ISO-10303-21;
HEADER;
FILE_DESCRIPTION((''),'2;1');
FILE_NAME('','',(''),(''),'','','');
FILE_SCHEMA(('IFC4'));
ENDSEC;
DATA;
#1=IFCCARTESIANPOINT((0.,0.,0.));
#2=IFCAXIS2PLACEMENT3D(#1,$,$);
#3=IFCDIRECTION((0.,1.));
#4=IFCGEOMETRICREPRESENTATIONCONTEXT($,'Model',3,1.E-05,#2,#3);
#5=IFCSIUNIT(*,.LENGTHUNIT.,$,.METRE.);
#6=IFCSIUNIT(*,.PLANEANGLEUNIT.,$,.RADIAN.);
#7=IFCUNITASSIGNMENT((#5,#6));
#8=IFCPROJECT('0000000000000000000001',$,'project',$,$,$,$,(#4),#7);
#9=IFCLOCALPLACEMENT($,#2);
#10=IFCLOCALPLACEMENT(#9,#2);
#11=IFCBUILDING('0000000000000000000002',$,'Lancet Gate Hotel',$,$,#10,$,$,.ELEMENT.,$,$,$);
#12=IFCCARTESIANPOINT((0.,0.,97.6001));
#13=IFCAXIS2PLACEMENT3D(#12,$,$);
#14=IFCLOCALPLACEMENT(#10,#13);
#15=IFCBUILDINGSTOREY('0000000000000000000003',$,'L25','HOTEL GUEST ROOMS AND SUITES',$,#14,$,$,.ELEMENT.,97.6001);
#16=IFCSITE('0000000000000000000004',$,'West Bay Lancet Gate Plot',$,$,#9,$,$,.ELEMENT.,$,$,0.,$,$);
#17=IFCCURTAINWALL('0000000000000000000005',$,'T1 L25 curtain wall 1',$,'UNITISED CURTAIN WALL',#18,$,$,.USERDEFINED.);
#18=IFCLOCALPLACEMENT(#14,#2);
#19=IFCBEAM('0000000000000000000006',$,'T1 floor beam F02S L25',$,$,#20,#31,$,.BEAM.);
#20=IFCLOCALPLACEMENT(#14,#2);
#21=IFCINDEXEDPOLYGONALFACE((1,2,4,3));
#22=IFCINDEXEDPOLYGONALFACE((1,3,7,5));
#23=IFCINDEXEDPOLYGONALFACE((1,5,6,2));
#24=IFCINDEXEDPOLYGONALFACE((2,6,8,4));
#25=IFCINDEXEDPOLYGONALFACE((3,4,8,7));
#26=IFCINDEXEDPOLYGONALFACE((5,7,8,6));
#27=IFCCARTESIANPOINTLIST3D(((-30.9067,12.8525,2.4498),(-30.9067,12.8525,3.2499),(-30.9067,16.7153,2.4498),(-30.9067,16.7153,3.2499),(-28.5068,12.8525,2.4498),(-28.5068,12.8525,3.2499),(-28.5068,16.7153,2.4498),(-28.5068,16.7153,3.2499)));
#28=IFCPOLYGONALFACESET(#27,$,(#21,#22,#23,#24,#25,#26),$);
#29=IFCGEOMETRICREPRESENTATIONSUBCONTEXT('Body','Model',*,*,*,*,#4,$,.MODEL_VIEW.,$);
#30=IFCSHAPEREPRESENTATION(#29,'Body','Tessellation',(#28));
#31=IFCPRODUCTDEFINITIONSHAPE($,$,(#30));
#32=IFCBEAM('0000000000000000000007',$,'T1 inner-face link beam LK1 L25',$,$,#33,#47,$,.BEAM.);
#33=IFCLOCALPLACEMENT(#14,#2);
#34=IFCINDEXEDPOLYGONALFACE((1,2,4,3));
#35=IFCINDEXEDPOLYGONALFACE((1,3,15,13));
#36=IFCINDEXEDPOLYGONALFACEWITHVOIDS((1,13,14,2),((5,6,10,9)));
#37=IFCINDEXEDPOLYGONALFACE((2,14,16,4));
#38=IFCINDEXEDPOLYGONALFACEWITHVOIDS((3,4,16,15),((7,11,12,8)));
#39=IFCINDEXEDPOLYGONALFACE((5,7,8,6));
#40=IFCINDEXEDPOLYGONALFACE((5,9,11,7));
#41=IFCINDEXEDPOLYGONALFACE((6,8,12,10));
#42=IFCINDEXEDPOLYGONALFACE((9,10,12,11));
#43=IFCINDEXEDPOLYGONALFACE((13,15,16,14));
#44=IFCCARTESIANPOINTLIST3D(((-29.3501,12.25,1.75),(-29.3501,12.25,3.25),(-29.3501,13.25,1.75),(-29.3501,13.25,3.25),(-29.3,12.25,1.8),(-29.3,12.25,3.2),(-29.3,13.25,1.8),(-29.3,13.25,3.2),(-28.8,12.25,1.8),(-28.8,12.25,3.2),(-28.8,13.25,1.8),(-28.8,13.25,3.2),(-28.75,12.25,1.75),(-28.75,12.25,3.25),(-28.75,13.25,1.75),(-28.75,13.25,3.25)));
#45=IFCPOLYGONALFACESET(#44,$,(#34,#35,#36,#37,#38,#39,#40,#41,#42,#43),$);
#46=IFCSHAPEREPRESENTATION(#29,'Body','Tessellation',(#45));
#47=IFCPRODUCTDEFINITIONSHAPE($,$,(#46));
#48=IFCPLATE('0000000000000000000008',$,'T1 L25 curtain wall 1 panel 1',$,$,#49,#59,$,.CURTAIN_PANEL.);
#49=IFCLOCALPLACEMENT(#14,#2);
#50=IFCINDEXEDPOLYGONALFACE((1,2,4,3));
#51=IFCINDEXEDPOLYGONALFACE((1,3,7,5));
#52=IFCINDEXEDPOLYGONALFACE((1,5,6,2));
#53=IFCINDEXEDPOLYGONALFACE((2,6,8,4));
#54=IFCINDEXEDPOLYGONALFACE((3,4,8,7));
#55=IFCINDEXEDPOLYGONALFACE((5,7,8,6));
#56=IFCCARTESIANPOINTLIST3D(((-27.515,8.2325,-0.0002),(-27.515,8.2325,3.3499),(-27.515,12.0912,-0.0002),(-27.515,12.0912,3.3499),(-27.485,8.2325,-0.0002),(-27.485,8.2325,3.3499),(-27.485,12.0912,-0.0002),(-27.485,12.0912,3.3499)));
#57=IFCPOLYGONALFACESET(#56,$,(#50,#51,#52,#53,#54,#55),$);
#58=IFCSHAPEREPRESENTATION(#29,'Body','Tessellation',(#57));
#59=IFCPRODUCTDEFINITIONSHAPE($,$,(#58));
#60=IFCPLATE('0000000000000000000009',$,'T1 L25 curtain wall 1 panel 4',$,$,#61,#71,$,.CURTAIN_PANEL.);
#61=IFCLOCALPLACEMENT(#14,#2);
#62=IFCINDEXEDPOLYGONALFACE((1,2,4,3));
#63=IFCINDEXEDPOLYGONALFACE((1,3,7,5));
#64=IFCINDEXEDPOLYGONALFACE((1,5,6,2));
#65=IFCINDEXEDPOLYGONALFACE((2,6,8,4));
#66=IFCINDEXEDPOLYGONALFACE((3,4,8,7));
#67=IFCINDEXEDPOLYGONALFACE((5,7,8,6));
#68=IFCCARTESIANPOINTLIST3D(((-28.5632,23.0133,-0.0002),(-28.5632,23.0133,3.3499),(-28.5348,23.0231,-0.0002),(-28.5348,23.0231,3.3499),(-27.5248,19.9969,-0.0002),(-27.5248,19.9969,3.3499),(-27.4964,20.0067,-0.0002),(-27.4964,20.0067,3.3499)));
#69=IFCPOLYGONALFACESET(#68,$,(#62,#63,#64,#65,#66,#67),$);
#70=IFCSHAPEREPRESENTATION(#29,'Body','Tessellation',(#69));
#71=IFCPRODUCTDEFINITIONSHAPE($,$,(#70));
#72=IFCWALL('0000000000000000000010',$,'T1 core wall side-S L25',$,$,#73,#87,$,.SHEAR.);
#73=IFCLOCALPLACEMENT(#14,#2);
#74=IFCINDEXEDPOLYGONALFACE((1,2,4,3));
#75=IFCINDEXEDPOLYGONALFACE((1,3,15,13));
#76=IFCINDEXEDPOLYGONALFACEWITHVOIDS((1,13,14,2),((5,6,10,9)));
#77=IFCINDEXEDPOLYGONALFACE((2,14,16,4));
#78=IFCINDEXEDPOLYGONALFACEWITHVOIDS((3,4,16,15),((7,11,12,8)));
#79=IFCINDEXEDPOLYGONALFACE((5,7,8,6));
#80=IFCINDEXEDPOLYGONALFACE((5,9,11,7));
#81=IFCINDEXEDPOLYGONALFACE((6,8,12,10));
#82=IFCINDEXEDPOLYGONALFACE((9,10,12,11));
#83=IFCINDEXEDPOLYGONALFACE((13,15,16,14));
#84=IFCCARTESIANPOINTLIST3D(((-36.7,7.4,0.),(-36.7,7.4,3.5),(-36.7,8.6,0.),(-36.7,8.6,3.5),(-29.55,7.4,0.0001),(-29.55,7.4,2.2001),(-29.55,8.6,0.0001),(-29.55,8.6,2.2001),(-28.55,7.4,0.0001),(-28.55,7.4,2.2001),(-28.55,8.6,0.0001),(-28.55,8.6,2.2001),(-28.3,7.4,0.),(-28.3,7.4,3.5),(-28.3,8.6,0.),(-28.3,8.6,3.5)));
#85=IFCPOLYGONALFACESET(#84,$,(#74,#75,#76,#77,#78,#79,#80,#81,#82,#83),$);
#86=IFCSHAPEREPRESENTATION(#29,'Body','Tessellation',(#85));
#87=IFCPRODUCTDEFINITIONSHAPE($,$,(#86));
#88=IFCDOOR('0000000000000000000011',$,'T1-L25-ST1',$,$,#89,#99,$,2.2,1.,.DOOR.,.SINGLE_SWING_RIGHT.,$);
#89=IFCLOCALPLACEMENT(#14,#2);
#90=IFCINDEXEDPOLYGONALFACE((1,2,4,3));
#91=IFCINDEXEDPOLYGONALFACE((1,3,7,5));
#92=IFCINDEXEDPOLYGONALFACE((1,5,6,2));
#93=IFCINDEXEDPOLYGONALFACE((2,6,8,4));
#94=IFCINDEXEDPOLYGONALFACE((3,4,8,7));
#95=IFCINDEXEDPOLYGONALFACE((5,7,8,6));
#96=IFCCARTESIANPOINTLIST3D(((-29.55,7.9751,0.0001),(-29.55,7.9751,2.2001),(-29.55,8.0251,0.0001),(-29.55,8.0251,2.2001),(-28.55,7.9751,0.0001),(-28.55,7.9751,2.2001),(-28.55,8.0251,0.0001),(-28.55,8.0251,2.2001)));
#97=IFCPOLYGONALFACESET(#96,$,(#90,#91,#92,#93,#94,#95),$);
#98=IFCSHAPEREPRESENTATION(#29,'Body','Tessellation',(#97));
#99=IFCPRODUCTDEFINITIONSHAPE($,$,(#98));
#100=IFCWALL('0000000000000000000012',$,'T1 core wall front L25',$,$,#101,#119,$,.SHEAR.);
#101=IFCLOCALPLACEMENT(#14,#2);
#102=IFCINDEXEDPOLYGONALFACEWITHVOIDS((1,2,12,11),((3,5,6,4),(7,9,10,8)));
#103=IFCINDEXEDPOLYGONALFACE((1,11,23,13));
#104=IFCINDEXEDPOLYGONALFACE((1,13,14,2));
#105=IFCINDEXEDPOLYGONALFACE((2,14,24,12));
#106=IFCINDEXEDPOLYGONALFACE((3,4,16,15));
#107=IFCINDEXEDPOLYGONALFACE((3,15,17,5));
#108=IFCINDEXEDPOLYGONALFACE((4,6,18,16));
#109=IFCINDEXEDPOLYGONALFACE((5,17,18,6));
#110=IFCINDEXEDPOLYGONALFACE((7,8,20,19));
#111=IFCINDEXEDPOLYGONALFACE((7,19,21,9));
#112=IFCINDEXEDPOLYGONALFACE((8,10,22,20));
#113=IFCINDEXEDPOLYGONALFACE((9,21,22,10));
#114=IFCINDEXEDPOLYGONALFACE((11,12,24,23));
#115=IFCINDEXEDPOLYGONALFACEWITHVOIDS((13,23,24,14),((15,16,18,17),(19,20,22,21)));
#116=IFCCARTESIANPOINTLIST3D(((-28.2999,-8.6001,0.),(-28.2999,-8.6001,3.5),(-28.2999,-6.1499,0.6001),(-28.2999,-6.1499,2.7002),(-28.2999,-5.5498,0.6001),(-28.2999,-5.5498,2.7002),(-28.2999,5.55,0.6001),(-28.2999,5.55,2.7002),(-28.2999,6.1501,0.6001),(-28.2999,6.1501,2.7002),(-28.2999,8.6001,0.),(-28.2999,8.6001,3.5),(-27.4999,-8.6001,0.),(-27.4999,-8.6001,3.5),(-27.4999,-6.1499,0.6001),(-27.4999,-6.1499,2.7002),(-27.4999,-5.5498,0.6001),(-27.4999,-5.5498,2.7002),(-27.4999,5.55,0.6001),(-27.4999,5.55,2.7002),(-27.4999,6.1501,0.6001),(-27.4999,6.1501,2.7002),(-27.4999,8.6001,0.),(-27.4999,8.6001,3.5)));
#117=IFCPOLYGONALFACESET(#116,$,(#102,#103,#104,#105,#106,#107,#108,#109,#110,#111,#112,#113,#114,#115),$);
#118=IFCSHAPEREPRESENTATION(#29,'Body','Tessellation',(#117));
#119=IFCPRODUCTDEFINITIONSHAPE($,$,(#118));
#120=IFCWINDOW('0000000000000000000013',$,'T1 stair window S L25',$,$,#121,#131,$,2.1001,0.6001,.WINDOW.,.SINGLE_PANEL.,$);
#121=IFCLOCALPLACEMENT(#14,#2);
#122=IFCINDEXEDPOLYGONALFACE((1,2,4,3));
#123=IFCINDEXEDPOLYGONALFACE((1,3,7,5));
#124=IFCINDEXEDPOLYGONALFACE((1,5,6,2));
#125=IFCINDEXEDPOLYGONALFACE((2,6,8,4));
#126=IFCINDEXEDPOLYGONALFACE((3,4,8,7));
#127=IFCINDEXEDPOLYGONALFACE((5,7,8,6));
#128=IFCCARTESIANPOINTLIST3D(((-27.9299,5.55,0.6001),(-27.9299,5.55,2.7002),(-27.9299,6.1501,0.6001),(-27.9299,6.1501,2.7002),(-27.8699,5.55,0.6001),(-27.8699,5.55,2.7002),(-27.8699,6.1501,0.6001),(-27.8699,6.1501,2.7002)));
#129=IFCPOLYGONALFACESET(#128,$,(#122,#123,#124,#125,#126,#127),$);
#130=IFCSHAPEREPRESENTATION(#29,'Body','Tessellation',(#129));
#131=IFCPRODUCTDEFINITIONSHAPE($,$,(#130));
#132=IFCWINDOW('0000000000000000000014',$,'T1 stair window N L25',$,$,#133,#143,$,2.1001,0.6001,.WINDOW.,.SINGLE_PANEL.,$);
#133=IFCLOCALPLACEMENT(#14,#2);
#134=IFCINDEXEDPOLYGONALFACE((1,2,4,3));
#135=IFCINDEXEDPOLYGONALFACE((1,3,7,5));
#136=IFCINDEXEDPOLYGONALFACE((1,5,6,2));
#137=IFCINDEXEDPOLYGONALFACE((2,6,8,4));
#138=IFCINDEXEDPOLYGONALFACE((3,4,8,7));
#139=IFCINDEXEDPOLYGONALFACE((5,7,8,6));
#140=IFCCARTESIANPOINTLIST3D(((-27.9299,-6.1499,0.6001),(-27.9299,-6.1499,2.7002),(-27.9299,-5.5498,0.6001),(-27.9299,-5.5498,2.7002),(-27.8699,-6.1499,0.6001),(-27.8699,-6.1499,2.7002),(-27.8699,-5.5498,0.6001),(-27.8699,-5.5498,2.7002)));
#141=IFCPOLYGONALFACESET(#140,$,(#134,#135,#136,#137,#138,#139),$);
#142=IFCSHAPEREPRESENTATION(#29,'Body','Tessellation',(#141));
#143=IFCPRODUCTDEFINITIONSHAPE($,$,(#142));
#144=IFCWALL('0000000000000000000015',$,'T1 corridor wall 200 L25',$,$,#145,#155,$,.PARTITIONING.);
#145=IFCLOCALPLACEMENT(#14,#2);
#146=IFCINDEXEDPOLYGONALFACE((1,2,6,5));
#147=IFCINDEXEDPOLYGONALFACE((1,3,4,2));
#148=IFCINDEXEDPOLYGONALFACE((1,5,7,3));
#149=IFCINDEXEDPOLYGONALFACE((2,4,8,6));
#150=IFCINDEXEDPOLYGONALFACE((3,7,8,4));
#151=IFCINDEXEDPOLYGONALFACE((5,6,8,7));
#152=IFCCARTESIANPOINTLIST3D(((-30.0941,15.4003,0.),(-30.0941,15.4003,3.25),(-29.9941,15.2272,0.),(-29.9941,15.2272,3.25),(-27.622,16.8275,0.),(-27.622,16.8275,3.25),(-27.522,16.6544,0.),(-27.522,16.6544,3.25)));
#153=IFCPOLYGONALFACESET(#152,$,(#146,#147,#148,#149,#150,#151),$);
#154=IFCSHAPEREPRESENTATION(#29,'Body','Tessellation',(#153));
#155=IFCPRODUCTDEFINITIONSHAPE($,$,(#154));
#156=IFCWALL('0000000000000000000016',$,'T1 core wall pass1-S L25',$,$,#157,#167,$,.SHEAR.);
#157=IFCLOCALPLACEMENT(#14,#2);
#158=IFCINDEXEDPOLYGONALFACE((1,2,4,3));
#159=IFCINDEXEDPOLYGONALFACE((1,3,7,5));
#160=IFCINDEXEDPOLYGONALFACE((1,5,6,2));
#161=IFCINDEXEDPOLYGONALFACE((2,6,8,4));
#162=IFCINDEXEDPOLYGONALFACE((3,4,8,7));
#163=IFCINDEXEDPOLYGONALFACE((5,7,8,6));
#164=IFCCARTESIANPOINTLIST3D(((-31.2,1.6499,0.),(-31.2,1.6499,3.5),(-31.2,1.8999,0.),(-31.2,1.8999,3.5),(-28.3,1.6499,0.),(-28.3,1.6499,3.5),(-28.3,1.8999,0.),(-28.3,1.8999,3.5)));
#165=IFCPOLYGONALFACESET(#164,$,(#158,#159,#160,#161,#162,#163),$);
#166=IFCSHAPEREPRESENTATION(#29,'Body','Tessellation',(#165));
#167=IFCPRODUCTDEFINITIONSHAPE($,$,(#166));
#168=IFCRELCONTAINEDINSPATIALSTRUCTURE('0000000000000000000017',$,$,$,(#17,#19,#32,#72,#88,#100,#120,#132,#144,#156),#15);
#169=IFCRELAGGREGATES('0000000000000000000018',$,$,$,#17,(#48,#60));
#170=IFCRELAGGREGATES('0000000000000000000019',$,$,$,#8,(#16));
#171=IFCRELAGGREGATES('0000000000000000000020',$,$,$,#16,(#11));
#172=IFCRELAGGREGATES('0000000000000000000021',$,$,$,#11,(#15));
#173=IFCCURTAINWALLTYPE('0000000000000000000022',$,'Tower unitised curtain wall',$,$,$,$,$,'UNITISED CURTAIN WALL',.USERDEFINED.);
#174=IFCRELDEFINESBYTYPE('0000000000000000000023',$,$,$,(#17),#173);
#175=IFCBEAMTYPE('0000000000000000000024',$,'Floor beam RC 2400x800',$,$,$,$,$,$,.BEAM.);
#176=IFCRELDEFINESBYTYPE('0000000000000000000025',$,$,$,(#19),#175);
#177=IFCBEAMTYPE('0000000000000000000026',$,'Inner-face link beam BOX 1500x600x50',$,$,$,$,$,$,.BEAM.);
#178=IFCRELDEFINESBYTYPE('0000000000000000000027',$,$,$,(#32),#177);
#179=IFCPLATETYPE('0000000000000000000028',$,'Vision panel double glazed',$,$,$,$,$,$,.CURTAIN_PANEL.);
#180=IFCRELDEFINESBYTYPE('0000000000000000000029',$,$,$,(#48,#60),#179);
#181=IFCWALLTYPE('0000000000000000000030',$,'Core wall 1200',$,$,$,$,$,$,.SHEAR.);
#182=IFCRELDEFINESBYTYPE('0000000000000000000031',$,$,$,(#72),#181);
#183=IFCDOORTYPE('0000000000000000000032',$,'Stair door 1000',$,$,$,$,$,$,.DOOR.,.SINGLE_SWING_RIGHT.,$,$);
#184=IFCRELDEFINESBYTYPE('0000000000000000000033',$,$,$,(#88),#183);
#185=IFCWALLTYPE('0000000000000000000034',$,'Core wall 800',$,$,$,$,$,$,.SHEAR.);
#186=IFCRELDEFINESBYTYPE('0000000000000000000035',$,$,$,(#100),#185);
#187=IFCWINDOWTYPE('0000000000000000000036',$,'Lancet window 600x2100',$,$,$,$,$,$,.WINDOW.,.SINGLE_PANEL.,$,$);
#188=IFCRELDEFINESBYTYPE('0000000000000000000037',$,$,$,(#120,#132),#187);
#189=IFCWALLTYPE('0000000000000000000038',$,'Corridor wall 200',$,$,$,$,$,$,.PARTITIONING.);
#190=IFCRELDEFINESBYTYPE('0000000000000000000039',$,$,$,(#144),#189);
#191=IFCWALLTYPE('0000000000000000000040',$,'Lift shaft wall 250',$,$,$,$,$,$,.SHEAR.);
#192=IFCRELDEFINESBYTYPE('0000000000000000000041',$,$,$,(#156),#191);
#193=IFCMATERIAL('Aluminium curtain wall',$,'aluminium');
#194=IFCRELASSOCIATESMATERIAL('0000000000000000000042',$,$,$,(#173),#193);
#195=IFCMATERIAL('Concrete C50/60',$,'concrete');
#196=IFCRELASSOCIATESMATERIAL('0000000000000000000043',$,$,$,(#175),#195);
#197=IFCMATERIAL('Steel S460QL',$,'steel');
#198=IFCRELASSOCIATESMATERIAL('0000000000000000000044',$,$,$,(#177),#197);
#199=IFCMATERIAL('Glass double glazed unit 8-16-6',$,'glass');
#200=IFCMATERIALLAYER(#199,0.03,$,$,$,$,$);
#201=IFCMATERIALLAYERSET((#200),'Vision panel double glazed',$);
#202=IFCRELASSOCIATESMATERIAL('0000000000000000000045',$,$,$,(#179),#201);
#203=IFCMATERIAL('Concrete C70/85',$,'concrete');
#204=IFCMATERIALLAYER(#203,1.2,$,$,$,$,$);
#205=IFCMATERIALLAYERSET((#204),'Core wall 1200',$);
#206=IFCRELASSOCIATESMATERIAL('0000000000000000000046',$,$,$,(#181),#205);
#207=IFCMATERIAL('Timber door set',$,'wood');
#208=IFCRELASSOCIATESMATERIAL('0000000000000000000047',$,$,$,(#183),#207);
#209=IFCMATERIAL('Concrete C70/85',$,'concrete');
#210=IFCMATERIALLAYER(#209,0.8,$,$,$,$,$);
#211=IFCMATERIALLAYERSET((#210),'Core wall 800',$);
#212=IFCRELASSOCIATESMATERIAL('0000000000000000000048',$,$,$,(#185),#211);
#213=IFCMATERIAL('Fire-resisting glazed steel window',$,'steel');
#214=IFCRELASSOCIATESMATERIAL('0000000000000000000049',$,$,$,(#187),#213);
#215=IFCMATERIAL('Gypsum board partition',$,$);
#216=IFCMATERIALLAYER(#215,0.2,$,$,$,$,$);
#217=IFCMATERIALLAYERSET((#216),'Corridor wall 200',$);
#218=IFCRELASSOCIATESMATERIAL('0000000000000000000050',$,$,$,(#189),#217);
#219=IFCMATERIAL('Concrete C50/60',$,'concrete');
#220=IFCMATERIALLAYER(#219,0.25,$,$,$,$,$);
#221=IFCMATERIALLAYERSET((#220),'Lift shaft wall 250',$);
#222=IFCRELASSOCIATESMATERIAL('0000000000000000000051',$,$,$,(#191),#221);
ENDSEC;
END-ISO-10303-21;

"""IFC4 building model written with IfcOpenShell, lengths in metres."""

from ifc_helpers import new_model, si_unit, direction, frame, frame_2d, origin, origin_2d, place, context, subcontext, project, spatial, rectangle, hollow_rectangle, extrude, material, layer, layer_set, material_profile, profile_set, type_object, element, fill, aggregate, save


model = new_model("IFC4")

# Units and contexts
model_context = context("Model", 3, precision=1e-05, world=origin(), true_north=direction((0.0, 1.0)))
body_context = subcontext(model_context, "Body", "Model", "MODEL_VIEW")
ifc_project = project(units=[si_unit("LENGTHUNIT", "METRE"), si_unit("PLANEANGLEUNIT", "RADIAN")], contexts=[model_context])

# Site, building, storey
site_placement = place(None, origin())
site = spatial("IfcSite", under=ifc_project, at=site_placement, Name="West Bay Lancet Gate Plot", CompositionType="ELEMENT", RefElevation=0.0)
building_placement = place(site_placement, origin())
building = spatial("IfcBuilding", under=site, at=building_placement, Name="Lancet Gate Hotel", CompositionType="ELEMENT")
storey_placement = place(building_placement, frame((0.0, 0.0, 97.6001)))
storey = spatial("IfcBuildingStorey", under=building, at=storey_placement, Name="L25", Description="HOTEL GUEST ROOMS AND SUITES", CompositionType="ELEMENT", Elevation=97.6001)

# Curtain wall
ifc_material_1 = material(Name="Aluminium curtain wall", Category="aluminium")
curtain_wall_type = type_object("IfcCurtainWallType", Name="Tower unitised curtain wall", ElementType="UNITISED CURTAIN WALL", PredefinedType="USERDEFINED", material=ifc_material_1)
curtain_wall_placement = place(storey_placement, origin())
curtain_wall = element("IfcCurtainWall", 1, at=curtain_wall_placement, inside=storey, type_object=curtain_wall_type, Name="T1 L25 curtain wall 1", ObjectType="UNITISED CURTAIN WALL", PredefinedType="USERDEFINED")

# Beams
ifc_material_2 = material(Name="Concrete C50/60", Category="concrete")
ifc_material_profile_1 = material_profile(ifc_material_2, rectangle(XDim=2.3999, YDim=0.8, at=origin_2d()), Name="RC 2400x800")
ifc_profile_set_1 = profile_set([ifc_material_profile_1], Name="Concrete C50/60")
beam_type_1 = type_object("IfcBeamType", Name="Floor beam RC 2400x800", PredefinedType="BEAM", material=ifc_profile_set_1)
beam_1_placement = place(storey_placement, frame((-29.7068, 16.7153, 2.8499), z_axis=(0.0, -1.0, 0.0), x_axis=(1.0, 0.0, 0.0)))
element("IfcBeam", 2, at=beam_1_placement, inside=storey, type_object=beam_type_1, Name="T1 floor beam F02S L25", PredefinedType="BEAM", context=body_context, shape_type="SweptSolid", body=[
    extrude(rectangle(XDim=2.3999, YDim=0.8, at=origin_2d()), origin(), (0.0, 0.0, 1.0), 3.8628),
])
ifc_material_3 = material(Name="Steel S460QL", Category="steel")
ifc_material_profile_2 = material_profile(ifc_material_3, hollow_rectangle(XDim=0.6001, YDim=1.5, WallThickness=0.05, at=origin_2d()), Name="BOX 1500x600x50")
ifc_profile_set_2 = profile_set([ifc_material_profile_2], Name="Steel S460QL")
beam_type_2 = type_object("IfcBeamType", Name="Inner-face link beam BOX 1500x600x50", PredefinedType="BEAM", material=ifc_profile_set_2)
beam_2_placement = place(storey_placement, frame((-29.05, 13.25, 2.5), z_axis=(0.0, -1.0, 0.0), x_axis=(1.0, 0.0, 0.0)))
element("IfcBeam", 3, at=beam_2_placement, inside=storey, type_object=beam_type_2, Name="T1 inner-face link beam LK1 L25", PredefinedType="BEAM", context=body_context, shape_type="SweptSolid", body=[
    extrude(hollow_rectangle(XDim=0.6001, YDim=1.5, WallThickness=0.05, at=origin_2d()), origin(), (0.0, 0.0, 1.0), 1.0),
])

# Plates
ifc_material_4 = material(Name="Glass double glazed unit 8-16-6", Category="glass")
ifc_layer_1 = layer(ifc_material_4, 0.03)
ifc_layer_set_1 = layer_set([ifc_layer_1], Name="Vision panel double glazed")
plate_type = type_object("IfcPlateType", Name="Vision panel double glazed", PredefinedType="CURTAIN_PANEL", material=ifc_layer_set_1)
plate_1_placement = place(storey_placement, frame((-27.5, 10.1619, -0.0002), z_axis=(0.0, 0.0, 1.0), x_axis=(0.0, 1.0, 0.0)))
plate_1 = element("IfcPlate", 4, at=plate_1_placement, type_object=plate_type, Name="T1 L25 curtain wall 1 panel 1", PredefinedType="CURTAIN_PANEL", context=body_context, shape_type="SweptSolid", body=[
    extrude(rectangle(XDim=3.8586, YDim=0.03, at=origin_2d()), origin(), (0.0, 0.0, 1.0), 3.3501),
])
plate_2_placement = place(storey_placement, frame((-28.0298, 21.51, -0.0002), z_axis=(0.0, 0.0, 1.0), x_axis=(-0.325516, 0.945537, 0.0)))
plate_2 = element("IfcPlate", 5, at=plate_2_placement, type_object=plate_type, Name="T1 L25 curtain wall 1 panel 4", PredefinedType="CURTAIN_PANEL", context=body_context, shape_type="SweptSolid", body=[
    extrude(rectangle(XDim=3.1902, YDim=0.03, at=origin_2d()), origin(), (0.0, 0.0, 1.0), 3.3501),
])
aggregate(curtain_wall, [plate_1, plate_2])

# Wall, opening, door
ifc_material_5 = material(Name="Concrete C70/85", Category="concrete")
ifc_layer_2 = layer(ifc_material_5, 1.2)
ifc_layer_set_2 = layer_set([ifc_layer_2], Name="Core wall 1200")
wall_type_1 = type_object("IfcWallType", Name="Core wall 1200", PredefinedType="SHEAR", material=ifc_layer_set_2)
wall_1_placement = place(storey_placement, frame((-28.3, 8.0, 0.0), z_axis=(0.0, 0.0, 1.0), x_axis=(-1.0, 0.0, 0.0)))
wall_1 = element("IfcWall", 6, at=wall_1_placement, inside=storey, type_object=wall_type_1, Name="T1 core wall side-S L25", PredefinedType="SHEAR", context=body_context, shape_type="SweptSolid", body=[
    extrude(rectangle(XDim=8.3999, YDim=1.2, at=frame_2d((4.2, 0.0))), origin(), (0.0, 0.0, 1.0), 3.5),
])
opening_1_placement = place(wall_1_placement, frame((0.25, 0.0, 0.0)))
opening_1 = element("IfcOpeningElement", 7, at=opening_1_placement, cuts=wall_1, PredefinedType="OPENING", context=body_context, shape_type="SweptSolid", body=[
    extrude(rectangle(XDim=1.0, YDim=2.2, at=frame_2d((0.5, 1.1001))), frame((0.0, 0.6099, 0.0), z_axis=(0.0, -1.0, 0.0), x_axis=(1.0, 0.0, 0.0)), (0.0, 0.0, 1.0), 1.22),
])
ifc_material_6 = material(Name="Timber door set", Category="wood")
door_type = type_object("IfcDoorType", Name="Stair door 1000", OperationType="SINGLE_SWING_RIGHT", PredefinedType="DOOR", material=ifc_material_6)
door_placement = place(opening_1_placement, origin())
door = element("IfcDoor", 8, at=door_placement, inside=storey, type_object=door_type, Name="T1-L25-ST1", OperationType="SINGLE_SWING_RIGHT", OverallHeight=2.2, OverallWidth=1.0, PredefinedType="DOOR", context=body_context, shape_type="SweptSolid", body=[
    extrude(rectangle(XDim=1.0, YDim=2.2, at=frame_2d((0.5, 1.1001))), frame((0.0, 0.0249, 0.0), z_axis=(0.0, -1.0, 0.0), x_axis=(1.0, 0.0, 0.0)), (0.0, 0.0, 1.0), 0.05),
])
fill(opening_1, door)

# Wall, openings, windows
ifc_material_7 = material(Name="Concrete C70/85", Category="concrete")
ifc_layer_3 = layer(ifc_material_7, 0.8)
ifc_layer_set_3 = layer_set([ifc_layer_3], Name="Core wall 800")
wall_type_2 = type_object("IfcWallType", Name="Core wall 800", PredefinedType="SHEAR", material=ifc_layer_set_3)
wall_2_placement = place(storey_placement, frame((-27.8999, 8.6001, 0.0), z_axis=(0.0, 0.0, 1.0), x_axis=(0.0, -1.0, 0.0)))
wall_2 = element("IfcWall", 9, at=wall_2_placement, inside=storey, type_object=wall_type_2, Name="T1 core wall front L25", PredefinedType="SHEAR", context=body_context, shape_type="SweptSolid", body=[
    extrude(rectangle(XDim=17.2002, YDim=0.8, at=frame_2d((8.6001, 0.0))), origin(), (0.0, 0.0, 1.0), 3.5),
])
opening_2_placement = place(wall_2_placement, frame((2.45, 0.0, 0.6001)))
opening_2 = element("IfcOpeningElement", 10, at=opening_2_placement, cuts=wall_2, PredefinedType="OPENING", context=body_context, shape_type="SweptSolid", body=[
    extrude(rectangle(XDim=0.6001, YDim=2.1001, at=frame_2d((0.3, 1.05))), frame((0.0, 0.4099, 0.0), z_axis=(0.0, -1.0, 0.0), x_axis=(1.0, 0.0, 0.0)), (0.0, 0.0, 1.0), 0.8201),
])
opening_3_placement = place(wall_2_placement, frame((14.1499, 0.0, 0.6001)))
opening_3 = element("IfcOpeningElement", 11, at=opening_3_placement, cuts=wall_2, PredefinedType="OPENING", context=body_context, shape_type="SweptSolid", body=[
    extrude(rectangle(XDim=0.6001, YDim=2.1001, at=frame_2d((0.3, 1.05))), frame((0.0, 0.4099, 0.0), z_axis=(0.0, -1.0, 0.0), x_axis=(1.0, 0.0, 0.0)), (0.0, 0.0, 1.0), 0.8201),
])
ifc_material_8 = material(Name="Fire-resisting glazed steel window", Category="steel")
window_type = type_object("IfcWindowType", Name="Lancet window 600x2100", PartitioningType="SINGLE_PANEL", PredefinedType="WINDOW", material=ifc_material_8)
window_1_placement = place(opening_2_placement, origin())
window_1 = element("IfcWindow", 12, at=window_1_placement, inside=storey, type_object=window_type, Name="T1 stair window S L25", OverallHeight=2.1001, OverallWidth=0.6001, PartitioningType="SINGLE_PANEL", PredefinedType="WINDOW", context=body_context, shape_type="SweptSolid", body=[
    extrude(rectangle(XDim=0.6001, YDim=2.1001, at=frame_2d((0.3, 1.05))), frame((0.0, 0.03, 0.0), z_axis=(0.0, -1.0, 0.0), x_axis=(1.0, 0.0, 0.0)), (0.0, 0.0, 1.0), 0.0601),
])
fill(opening_2, window_1)
window_2_placement = place(opening_3_placement, origin())
window_2 = element("IfcWindow", 13, at=window_2_placement, inside=storey, type_object=window_type, Name="T1 stair window N L25", OverallHeight=2.1001, OverallWidth=0.6001, PartitioningType="SINGLE_PANEL", PredefinedType="WINDOW", context=body_context, shape_type="SweptSolid", body=[
    extrude(rectangle(XDim=0.6001, YDim=2.1001, at=frame_2d((0.3, 1.05))), frame((0.0, 0.03, 0.0), z_axis=(0.0, -1.0, 0.0), x_axis=(1.0, 0.0, 0.0)), (0.0, 0.0, 1.0), 0.0601),
])
fill(opening_3, window_2)

# Walls
ifc_material_9 = material(Name="Gypsum board partition")
ifc_layer_4 = layer(ifc_material_9, 0.2)
ifc_layer_set_4 = layer_set([ifc_layer_4], Name="Corridor wall 200")
wall_type_3 = type_object("IfcWallType", Name="Corridor wall 200", PredefinedType="PARTITIONING", material=ifc_layer_set_4)
wall_3_placement = place(storey_placement, frame((-27.572, 16.741, 0.0), z_axis=(0.0, 0.0, 1.0), x_axis=(-0.866035, -0.499984, 0.0)))
element("IfcWall", 14, at=wall_3_placement, inside=storey, type_object=wall_type_3, Name="T1 corridor wall 200 L25", PredefinedType="PARTITIONING", context=body_context, shape_type="SweptSolid", body=[
    extrude(rectangle(XDim=2.8545, YDim=0.2, at=frame_2d((1.4272, 0.0))), origin(), (0.0, 0.0, 1.0), 3.25),
])
ifc_material_10 = material(Name="Concrete C50/60", Category="concrete")
ifc_layer_5 = layer(ifc_material_10, 0.25)
ifc_layer_set_5 = layer_set([ifc_layer_5], Name="Lift shaft wall 250")
wall_type_4 = type_object("IfcWallType", Name="Lift shaft wall 250", PredefinedType="SHEAR", material=ifc_layer_set_5)
wall_4_placement = place(storey_placement, frame((-28.3, 1.7749, 0.0), z_axis=(0.0, 0.0, 1.0), x_axis=(-1.0, 0.0, 0.0)))
element("IfcWall", 15, at=wall_4_placement, inside=storey, type_object=wall_type_4, Name="T1 core wall pass1-S L25", PredefinedType="SHEAR", context=body_context, shape_type="SweptSolid", body=[
    extrude(rectangle(XDim=2.8999, YDim=0.25, at=frame_2d((1.45, 0.0))), origin(), (0.0, 0.0, 1.0), 3.5),
])

save(model, "model.ifc")
